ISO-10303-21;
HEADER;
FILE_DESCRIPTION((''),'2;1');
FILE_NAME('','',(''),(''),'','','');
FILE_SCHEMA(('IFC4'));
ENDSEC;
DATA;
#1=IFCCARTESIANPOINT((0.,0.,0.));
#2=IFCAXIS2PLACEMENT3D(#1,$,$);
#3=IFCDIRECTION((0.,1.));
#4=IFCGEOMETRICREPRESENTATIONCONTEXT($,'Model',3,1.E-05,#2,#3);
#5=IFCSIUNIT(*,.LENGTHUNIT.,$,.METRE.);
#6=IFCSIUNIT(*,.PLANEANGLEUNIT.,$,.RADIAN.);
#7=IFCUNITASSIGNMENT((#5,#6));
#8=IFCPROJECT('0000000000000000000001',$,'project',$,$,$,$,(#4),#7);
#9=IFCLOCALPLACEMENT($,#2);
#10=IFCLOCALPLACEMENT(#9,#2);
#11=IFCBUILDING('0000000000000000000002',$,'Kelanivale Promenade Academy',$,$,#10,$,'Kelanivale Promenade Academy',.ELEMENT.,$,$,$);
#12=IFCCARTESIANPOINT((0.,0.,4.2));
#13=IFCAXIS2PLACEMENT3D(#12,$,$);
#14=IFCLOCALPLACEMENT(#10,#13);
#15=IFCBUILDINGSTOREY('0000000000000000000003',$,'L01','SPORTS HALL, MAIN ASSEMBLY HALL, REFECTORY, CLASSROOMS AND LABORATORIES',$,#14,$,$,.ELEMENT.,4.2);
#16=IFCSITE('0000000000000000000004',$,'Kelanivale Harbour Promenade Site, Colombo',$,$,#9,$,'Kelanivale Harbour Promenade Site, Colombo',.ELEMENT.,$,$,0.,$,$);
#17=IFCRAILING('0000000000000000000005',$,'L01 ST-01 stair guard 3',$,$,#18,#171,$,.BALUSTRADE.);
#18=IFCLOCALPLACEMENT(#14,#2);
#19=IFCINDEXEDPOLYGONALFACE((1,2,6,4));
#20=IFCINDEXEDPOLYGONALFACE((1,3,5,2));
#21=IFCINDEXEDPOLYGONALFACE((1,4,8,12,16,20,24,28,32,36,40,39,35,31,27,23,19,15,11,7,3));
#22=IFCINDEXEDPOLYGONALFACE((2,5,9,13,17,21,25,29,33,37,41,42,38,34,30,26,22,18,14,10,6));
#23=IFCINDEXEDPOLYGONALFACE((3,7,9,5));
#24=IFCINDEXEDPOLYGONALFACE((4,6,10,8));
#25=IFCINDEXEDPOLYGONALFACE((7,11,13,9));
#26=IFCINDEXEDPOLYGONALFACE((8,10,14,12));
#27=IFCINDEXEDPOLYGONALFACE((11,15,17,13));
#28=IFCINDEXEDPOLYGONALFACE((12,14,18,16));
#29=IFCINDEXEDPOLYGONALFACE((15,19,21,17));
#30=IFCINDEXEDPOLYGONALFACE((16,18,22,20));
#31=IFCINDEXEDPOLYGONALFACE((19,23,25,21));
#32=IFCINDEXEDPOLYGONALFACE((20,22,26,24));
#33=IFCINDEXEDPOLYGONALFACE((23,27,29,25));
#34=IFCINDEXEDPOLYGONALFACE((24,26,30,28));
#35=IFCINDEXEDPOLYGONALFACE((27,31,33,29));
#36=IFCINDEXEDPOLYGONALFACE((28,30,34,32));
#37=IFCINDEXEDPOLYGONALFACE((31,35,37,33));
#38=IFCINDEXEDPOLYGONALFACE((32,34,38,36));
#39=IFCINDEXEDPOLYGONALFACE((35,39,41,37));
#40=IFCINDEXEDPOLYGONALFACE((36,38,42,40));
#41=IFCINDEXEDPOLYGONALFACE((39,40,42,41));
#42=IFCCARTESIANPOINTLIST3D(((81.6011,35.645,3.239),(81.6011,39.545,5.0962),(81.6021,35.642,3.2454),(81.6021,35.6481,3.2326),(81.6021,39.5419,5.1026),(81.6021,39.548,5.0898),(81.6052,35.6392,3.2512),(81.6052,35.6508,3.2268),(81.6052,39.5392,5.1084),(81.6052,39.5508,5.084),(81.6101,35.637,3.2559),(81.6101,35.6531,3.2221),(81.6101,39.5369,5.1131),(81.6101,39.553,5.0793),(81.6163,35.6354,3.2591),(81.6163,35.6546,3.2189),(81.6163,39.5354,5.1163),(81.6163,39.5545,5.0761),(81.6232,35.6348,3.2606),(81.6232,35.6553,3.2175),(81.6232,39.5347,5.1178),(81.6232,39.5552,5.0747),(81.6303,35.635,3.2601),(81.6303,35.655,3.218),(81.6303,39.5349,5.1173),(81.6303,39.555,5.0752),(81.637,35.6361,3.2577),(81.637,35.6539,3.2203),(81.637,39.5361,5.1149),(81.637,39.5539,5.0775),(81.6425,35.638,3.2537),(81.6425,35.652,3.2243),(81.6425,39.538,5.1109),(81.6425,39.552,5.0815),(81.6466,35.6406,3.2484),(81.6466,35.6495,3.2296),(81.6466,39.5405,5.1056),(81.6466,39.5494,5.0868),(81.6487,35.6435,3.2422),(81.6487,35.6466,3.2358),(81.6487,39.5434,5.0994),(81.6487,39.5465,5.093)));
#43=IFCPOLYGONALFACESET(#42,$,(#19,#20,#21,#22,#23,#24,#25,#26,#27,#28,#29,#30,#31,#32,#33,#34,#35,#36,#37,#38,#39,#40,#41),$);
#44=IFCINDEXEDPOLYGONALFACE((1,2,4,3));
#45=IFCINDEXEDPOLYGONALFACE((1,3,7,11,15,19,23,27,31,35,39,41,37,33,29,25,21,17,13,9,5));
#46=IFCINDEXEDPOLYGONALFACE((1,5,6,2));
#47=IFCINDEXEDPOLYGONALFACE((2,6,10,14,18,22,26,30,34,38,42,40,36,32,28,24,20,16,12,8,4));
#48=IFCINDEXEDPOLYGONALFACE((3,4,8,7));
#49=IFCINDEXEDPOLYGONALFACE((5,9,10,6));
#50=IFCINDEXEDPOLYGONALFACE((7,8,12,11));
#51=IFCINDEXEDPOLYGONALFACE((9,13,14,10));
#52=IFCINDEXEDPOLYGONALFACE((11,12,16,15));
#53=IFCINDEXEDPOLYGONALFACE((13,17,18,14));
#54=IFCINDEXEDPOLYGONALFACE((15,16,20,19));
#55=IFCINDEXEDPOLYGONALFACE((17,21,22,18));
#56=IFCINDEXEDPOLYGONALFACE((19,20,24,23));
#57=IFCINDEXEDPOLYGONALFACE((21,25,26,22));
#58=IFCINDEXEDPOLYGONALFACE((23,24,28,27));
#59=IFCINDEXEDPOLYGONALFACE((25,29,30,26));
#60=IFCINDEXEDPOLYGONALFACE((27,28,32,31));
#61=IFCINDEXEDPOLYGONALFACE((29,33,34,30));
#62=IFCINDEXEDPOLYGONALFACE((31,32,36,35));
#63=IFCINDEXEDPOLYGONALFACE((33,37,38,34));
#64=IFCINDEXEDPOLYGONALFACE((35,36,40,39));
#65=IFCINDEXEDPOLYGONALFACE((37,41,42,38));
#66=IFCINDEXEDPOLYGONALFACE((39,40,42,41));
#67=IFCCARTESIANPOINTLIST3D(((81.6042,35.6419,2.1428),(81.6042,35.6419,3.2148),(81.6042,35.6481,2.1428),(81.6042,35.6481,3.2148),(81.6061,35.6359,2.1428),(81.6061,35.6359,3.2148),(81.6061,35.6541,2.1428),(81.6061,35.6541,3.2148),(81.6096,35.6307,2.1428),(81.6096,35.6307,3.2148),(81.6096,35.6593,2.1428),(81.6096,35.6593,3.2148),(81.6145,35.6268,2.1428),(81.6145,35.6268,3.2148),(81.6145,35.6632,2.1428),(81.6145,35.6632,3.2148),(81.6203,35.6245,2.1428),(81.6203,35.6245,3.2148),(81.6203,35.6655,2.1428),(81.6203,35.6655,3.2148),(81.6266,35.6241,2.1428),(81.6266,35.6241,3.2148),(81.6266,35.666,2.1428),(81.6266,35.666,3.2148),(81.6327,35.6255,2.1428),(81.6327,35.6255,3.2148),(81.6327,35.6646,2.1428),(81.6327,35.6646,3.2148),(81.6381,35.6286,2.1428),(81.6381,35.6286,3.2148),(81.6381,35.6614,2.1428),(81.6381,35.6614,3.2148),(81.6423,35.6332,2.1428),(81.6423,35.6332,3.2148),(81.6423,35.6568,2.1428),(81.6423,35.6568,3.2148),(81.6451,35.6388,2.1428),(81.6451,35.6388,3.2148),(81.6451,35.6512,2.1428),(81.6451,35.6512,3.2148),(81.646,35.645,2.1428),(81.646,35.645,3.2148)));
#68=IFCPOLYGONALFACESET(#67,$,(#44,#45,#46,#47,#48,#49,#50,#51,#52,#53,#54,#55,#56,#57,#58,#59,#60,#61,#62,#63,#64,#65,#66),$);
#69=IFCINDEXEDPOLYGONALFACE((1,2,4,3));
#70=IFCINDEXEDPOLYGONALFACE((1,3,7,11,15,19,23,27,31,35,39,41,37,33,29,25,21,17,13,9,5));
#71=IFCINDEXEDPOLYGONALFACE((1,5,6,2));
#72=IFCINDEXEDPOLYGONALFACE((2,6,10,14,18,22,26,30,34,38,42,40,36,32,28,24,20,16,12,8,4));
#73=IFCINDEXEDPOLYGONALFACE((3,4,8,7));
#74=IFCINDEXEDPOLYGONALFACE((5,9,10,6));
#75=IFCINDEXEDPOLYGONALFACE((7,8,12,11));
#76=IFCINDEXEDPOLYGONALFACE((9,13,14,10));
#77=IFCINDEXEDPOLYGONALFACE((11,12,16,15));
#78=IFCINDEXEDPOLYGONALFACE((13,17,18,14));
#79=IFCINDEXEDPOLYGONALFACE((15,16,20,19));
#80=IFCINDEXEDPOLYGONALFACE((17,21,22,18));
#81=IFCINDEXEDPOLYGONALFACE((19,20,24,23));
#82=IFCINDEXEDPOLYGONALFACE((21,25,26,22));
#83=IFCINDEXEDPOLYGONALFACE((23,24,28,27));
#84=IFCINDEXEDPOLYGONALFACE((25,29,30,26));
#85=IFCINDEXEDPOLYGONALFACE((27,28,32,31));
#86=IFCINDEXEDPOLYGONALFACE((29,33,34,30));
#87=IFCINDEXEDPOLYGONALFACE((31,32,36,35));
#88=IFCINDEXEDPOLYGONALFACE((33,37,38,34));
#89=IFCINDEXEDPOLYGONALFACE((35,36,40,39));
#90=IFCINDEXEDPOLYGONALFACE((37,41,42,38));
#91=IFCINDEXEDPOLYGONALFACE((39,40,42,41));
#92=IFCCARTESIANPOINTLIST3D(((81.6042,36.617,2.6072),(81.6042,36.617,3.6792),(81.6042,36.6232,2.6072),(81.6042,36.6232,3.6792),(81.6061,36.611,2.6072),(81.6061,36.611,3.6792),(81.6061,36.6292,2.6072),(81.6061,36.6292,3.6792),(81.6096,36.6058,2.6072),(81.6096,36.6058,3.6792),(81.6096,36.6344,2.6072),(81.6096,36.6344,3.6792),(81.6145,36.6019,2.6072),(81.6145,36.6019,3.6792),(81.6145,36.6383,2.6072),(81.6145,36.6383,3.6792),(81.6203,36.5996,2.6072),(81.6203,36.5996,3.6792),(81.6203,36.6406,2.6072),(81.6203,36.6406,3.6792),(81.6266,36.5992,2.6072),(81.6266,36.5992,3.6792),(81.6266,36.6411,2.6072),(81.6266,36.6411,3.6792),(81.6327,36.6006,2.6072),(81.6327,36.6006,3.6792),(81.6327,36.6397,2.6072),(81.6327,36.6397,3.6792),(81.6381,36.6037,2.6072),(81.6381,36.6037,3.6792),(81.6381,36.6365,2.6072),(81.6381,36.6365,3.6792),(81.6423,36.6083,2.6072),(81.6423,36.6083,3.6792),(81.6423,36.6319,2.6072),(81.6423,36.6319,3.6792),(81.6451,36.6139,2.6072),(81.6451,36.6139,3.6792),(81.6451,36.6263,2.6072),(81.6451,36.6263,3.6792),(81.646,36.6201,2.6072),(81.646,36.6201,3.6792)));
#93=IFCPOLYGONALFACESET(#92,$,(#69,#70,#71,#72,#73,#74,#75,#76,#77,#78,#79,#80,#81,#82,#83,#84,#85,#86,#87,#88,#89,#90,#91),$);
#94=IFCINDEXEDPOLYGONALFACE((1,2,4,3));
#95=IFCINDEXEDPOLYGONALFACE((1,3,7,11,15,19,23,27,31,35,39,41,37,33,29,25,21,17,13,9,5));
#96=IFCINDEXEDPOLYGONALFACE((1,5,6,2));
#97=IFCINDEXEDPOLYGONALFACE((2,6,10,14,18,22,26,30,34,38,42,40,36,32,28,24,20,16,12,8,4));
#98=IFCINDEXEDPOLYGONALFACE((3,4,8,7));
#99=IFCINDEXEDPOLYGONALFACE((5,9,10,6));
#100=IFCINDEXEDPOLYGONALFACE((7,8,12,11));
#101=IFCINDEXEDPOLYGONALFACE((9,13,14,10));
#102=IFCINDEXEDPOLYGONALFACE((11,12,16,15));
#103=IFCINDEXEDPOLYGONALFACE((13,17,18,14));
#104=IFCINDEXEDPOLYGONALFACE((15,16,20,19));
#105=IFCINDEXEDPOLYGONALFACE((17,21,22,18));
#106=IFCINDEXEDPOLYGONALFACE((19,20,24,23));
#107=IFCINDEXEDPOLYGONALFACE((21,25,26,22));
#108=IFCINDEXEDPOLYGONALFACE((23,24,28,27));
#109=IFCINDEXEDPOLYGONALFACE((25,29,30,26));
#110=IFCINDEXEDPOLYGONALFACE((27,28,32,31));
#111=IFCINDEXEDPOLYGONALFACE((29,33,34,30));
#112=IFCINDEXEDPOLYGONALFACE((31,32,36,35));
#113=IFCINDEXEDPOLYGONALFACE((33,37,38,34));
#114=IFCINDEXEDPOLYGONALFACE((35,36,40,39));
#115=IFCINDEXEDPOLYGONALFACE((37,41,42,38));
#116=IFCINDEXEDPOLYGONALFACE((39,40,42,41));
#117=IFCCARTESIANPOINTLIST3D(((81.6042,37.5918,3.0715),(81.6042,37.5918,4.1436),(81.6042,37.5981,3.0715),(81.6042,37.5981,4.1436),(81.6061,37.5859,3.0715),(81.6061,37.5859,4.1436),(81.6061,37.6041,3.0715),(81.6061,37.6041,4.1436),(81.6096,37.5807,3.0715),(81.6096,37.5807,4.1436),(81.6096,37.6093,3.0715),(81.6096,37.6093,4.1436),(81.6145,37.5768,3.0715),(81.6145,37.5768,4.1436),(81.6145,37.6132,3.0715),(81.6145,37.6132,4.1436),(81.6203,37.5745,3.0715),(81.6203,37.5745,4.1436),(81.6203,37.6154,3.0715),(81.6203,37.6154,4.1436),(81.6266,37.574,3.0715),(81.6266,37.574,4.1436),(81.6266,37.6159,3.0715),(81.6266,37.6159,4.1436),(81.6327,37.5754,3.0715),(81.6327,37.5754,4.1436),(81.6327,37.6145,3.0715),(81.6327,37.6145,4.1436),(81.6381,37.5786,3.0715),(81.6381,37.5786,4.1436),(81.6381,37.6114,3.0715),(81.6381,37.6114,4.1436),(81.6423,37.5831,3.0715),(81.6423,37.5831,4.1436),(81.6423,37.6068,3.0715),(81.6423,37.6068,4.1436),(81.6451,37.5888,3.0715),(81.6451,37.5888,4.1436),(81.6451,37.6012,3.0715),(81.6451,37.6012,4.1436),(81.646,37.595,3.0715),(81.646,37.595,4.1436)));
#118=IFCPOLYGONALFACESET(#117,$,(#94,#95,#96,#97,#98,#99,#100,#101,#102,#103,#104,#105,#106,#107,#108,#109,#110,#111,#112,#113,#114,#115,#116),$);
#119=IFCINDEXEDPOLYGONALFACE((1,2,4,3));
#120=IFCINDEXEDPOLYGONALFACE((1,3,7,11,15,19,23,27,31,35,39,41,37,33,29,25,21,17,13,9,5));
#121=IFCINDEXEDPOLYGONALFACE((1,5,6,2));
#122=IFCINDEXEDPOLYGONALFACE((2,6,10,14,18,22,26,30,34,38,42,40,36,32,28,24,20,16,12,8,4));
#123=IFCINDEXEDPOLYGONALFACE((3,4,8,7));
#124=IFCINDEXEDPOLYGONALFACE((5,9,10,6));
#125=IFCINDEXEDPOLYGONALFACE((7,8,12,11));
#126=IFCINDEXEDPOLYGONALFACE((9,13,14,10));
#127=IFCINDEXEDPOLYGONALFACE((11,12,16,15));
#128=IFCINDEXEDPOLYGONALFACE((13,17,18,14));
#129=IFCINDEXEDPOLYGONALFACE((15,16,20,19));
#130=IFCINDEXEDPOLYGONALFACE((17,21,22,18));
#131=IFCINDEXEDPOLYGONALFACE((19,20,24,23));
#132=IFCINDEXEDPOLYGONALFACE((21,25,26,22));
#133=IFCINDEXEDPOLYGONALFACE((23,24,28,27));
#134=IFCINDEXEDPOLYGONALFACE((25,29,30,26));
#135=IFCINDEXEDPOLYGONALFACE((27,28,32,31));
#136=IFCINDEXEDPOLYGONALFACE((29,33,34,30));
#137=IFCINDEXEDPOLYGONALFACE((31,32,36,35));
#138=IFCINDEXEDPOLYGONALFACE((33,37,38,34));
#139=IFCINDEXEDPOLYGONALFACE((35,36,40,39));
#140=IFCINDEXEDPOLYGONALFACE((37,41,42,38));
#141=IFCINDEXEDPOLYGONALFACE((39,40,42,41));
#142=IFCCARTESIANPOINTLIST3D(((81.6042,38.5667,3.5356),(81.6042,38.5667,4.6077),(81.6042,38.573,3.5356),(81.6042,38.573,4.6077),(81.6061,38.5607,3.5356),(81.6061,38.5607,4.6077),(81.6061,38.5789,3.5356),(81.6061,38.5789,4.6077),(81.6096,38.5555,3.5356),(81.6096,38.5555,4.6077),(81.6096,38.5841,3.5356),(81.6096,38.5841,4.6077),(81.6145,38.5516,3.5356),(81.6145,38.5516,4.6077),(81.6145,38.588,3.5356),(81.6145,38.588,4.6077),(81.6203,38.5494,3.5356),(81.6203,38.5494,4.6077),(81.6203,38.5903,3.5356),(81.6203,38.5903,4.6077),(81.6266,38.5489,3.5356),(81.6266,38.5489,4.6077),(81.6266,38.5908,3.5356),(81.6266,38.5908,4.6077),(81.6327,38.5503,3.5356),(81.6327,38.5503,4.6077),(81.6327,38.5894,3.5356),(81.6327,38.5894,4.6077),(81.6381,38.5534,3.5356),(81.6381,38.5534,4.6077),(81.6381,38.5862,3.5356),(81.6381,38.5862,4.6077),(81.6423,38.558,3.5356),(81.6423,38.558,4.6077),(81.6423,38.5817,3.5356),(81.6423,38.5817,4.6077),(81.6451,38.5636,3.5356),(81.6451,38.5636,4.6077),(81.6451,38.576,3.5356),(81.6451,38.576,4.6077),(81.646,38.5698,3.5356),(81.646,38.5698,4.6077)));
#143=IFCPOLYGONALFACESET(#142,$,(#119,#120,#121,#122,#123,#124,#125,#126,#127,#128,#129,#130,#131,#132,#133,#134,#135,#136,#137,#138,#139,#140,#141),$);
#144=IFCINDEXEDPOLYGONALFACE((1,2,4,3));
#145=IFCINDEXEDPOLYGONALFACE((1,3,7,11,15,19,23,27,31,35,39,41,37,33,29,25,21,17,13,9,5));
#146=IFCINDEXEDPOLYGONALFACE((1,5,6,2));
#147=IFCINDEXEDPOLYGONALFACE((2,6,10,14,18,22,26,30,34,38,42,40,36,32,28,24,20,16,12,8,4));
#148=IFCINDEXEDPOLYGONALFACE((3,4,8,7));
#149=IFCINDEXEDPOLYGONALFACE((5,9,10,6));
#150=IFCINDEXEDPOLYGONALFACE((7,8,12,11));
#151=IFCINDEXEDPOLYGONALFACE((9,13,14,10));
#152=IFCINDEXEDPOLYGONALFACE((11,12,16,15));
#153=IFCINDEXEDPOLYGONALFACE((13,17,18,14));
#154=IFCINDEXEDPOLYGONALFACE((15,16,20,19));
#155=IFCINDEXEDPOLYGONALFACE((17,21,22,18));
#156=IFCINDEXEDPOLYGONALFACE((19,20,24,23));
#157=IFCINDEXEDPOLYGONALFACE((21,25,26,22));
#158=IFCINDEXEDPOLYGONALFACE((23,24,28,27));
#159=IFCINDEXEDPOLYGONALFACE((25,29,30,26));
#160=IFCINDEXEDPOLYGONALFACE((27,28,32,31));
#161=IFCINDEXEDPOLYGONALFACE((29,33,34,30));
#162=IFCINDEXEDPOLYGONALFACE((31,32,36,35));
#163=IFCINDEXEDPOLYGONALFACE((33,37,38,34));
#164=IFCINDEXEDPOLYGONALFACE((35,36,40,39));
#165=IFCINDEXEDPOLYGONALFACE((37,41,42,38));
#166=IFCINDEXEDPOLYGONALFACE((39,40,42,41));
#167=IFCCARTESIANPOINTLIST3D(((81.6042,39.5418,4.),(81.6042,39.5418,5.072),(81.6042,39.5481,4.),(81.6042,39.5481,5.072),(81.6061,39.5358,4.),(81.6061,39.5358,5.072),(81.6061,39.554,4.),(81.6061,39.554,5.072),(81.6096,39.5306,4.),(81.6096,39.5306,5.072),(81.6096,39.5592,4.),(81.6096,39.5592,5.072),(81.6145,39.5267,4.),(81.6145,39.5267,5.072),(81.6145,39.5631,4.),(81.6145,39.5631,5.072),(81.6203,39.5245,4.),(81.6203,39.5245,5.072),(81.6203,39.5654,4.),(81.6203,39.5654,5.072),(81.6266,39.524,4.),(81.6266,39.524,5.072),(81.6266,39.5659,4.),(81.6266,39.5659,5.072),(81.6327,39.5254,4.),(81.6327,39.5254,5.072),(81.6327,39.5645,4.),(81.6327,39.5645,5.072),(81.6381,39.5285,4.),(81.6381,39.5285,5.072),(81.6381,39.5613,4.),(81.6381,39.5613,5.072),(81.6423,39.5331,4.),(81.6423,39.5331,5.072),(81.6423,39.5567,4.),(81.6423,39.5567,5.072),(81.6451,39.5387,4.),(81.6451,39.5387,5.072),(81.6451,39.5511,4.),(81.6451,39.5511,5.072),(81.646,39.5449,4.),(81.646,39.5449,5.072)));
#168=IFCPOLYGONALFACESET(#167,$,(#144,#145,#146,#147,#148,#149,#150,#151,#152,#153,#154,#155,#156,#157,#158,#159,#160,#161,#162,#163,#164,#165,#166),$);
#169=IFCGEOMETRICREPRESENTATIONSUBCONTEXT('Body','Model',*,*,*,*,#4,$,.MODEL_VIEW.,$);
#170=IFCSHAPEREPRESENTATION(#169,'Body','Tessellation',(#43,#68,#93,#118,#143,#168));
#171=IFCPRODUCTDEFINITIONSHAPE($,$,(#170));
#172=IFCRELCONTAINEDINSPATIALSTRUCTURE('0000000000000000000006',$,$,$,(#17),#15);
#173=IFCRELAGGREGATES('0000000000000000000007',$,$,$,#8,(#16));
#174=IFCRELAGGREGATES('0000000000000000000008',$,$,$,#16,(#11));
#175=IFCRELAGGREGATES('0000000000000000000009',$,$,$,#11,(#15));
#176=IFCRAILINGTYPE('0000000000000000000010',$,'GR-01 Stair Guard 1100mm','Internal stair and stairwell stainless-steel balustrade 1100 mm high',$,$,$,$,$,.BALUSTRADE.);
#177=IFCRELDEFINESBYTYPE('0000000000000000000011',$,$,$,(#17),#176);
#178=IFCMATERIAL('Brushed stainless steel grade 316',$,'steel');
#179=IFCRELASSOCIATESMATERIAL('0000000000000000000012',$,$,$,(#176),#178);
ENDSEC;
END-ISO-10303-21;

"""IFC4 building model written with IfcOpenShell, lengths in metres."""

from ifc_helpers import new_model, si_unit, direction, frame, origin, origin_2d, place, context, subcontext, project, spatial, circle, extrude, material, type_object, element, save


model = new_model("IFC4")

# Units and contexts
model_context = context("Model", 3, precision=1e-05, world=origin(), true_north=direction((0.0, 1.0)))
body_context = subcontext(model_context, "Body", "Model", "MODEL_VIEW")
ifc_project = project(units=[si_unit("LENGTHUNIT", "METRE"), si_unit("PLANEANGLEUNIT", "RADIAN")], contexts=[model_context])

# Site, building, storey
site_placement = place(None, origin())
site = spatial("IfcSite", under=ifc_project, at=site_placement, Name="Kelanivale Harbour Promenade Site, Colombo", LongName="Kelanivale Harbour Promenade Site, Colombo", CompositionType="ELEMENT", RefElevation=0.0)
building_placement = place(site_placement, origin())
building = spatial("IfcBuilding", under=site, at=building_placement, Name="Kelanivale Promenade Academy", LongName="Kelanivale Promenade Academy", CompositionType="ELEMENT")
storey_placement = place(building_placement, frame((0.0, 0.0, 4.2)))
storey = spatial("IfcBuildingStorey", under=building, at=storey_placement, Name="L01", Description="SPORTS HALL, MAIN ASSEMBLY HALL, REFECTORY, CLASSROOMS AND LABORATORIES", CompositionType="ELEMENT", Elevation=4.2)

# Railing
ifc_material_1 = material(Name="Brushed stainless steel grade 316", Category="steel")
railing_type_1 = type_object("IfcRailingType", Name="GR-01 Stair Guard 1100mm", Description="Internal stair and stairwell stainless-steel balustrade 1100 mm high", PredefinedType="BALUSTRADE", material=ifc_material_1)
railing_1_placement = place(storey_placement, frame((81.625, 35.645, 2.1428)))
element("IfcRailing", 1, at=railing_1_placement, inside=storey, type_object=railing_type_1, Name="L01 ST-01 stair guard 3", PredefinedType="BALUSTRADE", context=body_context, shape_type="SweptSolid", body=[
    extrude(circle(Radius=0.0239, at=origin_2d()), frame((0.0, 0.0, 1.0962), z_axis=(0.0, 0.902853, 0.429949), x_axis=(-1.0, 0.0, 0.0)), (0.0, 0.0, 1.0), 4.3196),
    extrude(circle(Radius=0.021, at=origin_2d()), origin(), (0.0, 0.0, 1.0), 1.072),
    extrude(circle(Radius=0.021, at=origin_2d()), frame((0.0, 0.9751, 0.4644)), (0.0, 0.0, 1.0), 1.072),
    extrude(circle(Radius=0.021, at=origin_2d()), frame((0.0, 1.95, 0.9287)), (0.0, 0.0, 1.0), 1.072),
    extrude(circle(Radius=0.021, at=origin_2d()), frame((0.0, 2.9248, 1.3928)), (0.0, 0.0, 1.0), 1.072),
    extrude(circle(Radius=0.021, at=origin_2d()), frame((0.0, 3.8999, 1.8572)), (0.0, 0.0, 1.0), 1.072),
])

save(model, "model.ifc")
